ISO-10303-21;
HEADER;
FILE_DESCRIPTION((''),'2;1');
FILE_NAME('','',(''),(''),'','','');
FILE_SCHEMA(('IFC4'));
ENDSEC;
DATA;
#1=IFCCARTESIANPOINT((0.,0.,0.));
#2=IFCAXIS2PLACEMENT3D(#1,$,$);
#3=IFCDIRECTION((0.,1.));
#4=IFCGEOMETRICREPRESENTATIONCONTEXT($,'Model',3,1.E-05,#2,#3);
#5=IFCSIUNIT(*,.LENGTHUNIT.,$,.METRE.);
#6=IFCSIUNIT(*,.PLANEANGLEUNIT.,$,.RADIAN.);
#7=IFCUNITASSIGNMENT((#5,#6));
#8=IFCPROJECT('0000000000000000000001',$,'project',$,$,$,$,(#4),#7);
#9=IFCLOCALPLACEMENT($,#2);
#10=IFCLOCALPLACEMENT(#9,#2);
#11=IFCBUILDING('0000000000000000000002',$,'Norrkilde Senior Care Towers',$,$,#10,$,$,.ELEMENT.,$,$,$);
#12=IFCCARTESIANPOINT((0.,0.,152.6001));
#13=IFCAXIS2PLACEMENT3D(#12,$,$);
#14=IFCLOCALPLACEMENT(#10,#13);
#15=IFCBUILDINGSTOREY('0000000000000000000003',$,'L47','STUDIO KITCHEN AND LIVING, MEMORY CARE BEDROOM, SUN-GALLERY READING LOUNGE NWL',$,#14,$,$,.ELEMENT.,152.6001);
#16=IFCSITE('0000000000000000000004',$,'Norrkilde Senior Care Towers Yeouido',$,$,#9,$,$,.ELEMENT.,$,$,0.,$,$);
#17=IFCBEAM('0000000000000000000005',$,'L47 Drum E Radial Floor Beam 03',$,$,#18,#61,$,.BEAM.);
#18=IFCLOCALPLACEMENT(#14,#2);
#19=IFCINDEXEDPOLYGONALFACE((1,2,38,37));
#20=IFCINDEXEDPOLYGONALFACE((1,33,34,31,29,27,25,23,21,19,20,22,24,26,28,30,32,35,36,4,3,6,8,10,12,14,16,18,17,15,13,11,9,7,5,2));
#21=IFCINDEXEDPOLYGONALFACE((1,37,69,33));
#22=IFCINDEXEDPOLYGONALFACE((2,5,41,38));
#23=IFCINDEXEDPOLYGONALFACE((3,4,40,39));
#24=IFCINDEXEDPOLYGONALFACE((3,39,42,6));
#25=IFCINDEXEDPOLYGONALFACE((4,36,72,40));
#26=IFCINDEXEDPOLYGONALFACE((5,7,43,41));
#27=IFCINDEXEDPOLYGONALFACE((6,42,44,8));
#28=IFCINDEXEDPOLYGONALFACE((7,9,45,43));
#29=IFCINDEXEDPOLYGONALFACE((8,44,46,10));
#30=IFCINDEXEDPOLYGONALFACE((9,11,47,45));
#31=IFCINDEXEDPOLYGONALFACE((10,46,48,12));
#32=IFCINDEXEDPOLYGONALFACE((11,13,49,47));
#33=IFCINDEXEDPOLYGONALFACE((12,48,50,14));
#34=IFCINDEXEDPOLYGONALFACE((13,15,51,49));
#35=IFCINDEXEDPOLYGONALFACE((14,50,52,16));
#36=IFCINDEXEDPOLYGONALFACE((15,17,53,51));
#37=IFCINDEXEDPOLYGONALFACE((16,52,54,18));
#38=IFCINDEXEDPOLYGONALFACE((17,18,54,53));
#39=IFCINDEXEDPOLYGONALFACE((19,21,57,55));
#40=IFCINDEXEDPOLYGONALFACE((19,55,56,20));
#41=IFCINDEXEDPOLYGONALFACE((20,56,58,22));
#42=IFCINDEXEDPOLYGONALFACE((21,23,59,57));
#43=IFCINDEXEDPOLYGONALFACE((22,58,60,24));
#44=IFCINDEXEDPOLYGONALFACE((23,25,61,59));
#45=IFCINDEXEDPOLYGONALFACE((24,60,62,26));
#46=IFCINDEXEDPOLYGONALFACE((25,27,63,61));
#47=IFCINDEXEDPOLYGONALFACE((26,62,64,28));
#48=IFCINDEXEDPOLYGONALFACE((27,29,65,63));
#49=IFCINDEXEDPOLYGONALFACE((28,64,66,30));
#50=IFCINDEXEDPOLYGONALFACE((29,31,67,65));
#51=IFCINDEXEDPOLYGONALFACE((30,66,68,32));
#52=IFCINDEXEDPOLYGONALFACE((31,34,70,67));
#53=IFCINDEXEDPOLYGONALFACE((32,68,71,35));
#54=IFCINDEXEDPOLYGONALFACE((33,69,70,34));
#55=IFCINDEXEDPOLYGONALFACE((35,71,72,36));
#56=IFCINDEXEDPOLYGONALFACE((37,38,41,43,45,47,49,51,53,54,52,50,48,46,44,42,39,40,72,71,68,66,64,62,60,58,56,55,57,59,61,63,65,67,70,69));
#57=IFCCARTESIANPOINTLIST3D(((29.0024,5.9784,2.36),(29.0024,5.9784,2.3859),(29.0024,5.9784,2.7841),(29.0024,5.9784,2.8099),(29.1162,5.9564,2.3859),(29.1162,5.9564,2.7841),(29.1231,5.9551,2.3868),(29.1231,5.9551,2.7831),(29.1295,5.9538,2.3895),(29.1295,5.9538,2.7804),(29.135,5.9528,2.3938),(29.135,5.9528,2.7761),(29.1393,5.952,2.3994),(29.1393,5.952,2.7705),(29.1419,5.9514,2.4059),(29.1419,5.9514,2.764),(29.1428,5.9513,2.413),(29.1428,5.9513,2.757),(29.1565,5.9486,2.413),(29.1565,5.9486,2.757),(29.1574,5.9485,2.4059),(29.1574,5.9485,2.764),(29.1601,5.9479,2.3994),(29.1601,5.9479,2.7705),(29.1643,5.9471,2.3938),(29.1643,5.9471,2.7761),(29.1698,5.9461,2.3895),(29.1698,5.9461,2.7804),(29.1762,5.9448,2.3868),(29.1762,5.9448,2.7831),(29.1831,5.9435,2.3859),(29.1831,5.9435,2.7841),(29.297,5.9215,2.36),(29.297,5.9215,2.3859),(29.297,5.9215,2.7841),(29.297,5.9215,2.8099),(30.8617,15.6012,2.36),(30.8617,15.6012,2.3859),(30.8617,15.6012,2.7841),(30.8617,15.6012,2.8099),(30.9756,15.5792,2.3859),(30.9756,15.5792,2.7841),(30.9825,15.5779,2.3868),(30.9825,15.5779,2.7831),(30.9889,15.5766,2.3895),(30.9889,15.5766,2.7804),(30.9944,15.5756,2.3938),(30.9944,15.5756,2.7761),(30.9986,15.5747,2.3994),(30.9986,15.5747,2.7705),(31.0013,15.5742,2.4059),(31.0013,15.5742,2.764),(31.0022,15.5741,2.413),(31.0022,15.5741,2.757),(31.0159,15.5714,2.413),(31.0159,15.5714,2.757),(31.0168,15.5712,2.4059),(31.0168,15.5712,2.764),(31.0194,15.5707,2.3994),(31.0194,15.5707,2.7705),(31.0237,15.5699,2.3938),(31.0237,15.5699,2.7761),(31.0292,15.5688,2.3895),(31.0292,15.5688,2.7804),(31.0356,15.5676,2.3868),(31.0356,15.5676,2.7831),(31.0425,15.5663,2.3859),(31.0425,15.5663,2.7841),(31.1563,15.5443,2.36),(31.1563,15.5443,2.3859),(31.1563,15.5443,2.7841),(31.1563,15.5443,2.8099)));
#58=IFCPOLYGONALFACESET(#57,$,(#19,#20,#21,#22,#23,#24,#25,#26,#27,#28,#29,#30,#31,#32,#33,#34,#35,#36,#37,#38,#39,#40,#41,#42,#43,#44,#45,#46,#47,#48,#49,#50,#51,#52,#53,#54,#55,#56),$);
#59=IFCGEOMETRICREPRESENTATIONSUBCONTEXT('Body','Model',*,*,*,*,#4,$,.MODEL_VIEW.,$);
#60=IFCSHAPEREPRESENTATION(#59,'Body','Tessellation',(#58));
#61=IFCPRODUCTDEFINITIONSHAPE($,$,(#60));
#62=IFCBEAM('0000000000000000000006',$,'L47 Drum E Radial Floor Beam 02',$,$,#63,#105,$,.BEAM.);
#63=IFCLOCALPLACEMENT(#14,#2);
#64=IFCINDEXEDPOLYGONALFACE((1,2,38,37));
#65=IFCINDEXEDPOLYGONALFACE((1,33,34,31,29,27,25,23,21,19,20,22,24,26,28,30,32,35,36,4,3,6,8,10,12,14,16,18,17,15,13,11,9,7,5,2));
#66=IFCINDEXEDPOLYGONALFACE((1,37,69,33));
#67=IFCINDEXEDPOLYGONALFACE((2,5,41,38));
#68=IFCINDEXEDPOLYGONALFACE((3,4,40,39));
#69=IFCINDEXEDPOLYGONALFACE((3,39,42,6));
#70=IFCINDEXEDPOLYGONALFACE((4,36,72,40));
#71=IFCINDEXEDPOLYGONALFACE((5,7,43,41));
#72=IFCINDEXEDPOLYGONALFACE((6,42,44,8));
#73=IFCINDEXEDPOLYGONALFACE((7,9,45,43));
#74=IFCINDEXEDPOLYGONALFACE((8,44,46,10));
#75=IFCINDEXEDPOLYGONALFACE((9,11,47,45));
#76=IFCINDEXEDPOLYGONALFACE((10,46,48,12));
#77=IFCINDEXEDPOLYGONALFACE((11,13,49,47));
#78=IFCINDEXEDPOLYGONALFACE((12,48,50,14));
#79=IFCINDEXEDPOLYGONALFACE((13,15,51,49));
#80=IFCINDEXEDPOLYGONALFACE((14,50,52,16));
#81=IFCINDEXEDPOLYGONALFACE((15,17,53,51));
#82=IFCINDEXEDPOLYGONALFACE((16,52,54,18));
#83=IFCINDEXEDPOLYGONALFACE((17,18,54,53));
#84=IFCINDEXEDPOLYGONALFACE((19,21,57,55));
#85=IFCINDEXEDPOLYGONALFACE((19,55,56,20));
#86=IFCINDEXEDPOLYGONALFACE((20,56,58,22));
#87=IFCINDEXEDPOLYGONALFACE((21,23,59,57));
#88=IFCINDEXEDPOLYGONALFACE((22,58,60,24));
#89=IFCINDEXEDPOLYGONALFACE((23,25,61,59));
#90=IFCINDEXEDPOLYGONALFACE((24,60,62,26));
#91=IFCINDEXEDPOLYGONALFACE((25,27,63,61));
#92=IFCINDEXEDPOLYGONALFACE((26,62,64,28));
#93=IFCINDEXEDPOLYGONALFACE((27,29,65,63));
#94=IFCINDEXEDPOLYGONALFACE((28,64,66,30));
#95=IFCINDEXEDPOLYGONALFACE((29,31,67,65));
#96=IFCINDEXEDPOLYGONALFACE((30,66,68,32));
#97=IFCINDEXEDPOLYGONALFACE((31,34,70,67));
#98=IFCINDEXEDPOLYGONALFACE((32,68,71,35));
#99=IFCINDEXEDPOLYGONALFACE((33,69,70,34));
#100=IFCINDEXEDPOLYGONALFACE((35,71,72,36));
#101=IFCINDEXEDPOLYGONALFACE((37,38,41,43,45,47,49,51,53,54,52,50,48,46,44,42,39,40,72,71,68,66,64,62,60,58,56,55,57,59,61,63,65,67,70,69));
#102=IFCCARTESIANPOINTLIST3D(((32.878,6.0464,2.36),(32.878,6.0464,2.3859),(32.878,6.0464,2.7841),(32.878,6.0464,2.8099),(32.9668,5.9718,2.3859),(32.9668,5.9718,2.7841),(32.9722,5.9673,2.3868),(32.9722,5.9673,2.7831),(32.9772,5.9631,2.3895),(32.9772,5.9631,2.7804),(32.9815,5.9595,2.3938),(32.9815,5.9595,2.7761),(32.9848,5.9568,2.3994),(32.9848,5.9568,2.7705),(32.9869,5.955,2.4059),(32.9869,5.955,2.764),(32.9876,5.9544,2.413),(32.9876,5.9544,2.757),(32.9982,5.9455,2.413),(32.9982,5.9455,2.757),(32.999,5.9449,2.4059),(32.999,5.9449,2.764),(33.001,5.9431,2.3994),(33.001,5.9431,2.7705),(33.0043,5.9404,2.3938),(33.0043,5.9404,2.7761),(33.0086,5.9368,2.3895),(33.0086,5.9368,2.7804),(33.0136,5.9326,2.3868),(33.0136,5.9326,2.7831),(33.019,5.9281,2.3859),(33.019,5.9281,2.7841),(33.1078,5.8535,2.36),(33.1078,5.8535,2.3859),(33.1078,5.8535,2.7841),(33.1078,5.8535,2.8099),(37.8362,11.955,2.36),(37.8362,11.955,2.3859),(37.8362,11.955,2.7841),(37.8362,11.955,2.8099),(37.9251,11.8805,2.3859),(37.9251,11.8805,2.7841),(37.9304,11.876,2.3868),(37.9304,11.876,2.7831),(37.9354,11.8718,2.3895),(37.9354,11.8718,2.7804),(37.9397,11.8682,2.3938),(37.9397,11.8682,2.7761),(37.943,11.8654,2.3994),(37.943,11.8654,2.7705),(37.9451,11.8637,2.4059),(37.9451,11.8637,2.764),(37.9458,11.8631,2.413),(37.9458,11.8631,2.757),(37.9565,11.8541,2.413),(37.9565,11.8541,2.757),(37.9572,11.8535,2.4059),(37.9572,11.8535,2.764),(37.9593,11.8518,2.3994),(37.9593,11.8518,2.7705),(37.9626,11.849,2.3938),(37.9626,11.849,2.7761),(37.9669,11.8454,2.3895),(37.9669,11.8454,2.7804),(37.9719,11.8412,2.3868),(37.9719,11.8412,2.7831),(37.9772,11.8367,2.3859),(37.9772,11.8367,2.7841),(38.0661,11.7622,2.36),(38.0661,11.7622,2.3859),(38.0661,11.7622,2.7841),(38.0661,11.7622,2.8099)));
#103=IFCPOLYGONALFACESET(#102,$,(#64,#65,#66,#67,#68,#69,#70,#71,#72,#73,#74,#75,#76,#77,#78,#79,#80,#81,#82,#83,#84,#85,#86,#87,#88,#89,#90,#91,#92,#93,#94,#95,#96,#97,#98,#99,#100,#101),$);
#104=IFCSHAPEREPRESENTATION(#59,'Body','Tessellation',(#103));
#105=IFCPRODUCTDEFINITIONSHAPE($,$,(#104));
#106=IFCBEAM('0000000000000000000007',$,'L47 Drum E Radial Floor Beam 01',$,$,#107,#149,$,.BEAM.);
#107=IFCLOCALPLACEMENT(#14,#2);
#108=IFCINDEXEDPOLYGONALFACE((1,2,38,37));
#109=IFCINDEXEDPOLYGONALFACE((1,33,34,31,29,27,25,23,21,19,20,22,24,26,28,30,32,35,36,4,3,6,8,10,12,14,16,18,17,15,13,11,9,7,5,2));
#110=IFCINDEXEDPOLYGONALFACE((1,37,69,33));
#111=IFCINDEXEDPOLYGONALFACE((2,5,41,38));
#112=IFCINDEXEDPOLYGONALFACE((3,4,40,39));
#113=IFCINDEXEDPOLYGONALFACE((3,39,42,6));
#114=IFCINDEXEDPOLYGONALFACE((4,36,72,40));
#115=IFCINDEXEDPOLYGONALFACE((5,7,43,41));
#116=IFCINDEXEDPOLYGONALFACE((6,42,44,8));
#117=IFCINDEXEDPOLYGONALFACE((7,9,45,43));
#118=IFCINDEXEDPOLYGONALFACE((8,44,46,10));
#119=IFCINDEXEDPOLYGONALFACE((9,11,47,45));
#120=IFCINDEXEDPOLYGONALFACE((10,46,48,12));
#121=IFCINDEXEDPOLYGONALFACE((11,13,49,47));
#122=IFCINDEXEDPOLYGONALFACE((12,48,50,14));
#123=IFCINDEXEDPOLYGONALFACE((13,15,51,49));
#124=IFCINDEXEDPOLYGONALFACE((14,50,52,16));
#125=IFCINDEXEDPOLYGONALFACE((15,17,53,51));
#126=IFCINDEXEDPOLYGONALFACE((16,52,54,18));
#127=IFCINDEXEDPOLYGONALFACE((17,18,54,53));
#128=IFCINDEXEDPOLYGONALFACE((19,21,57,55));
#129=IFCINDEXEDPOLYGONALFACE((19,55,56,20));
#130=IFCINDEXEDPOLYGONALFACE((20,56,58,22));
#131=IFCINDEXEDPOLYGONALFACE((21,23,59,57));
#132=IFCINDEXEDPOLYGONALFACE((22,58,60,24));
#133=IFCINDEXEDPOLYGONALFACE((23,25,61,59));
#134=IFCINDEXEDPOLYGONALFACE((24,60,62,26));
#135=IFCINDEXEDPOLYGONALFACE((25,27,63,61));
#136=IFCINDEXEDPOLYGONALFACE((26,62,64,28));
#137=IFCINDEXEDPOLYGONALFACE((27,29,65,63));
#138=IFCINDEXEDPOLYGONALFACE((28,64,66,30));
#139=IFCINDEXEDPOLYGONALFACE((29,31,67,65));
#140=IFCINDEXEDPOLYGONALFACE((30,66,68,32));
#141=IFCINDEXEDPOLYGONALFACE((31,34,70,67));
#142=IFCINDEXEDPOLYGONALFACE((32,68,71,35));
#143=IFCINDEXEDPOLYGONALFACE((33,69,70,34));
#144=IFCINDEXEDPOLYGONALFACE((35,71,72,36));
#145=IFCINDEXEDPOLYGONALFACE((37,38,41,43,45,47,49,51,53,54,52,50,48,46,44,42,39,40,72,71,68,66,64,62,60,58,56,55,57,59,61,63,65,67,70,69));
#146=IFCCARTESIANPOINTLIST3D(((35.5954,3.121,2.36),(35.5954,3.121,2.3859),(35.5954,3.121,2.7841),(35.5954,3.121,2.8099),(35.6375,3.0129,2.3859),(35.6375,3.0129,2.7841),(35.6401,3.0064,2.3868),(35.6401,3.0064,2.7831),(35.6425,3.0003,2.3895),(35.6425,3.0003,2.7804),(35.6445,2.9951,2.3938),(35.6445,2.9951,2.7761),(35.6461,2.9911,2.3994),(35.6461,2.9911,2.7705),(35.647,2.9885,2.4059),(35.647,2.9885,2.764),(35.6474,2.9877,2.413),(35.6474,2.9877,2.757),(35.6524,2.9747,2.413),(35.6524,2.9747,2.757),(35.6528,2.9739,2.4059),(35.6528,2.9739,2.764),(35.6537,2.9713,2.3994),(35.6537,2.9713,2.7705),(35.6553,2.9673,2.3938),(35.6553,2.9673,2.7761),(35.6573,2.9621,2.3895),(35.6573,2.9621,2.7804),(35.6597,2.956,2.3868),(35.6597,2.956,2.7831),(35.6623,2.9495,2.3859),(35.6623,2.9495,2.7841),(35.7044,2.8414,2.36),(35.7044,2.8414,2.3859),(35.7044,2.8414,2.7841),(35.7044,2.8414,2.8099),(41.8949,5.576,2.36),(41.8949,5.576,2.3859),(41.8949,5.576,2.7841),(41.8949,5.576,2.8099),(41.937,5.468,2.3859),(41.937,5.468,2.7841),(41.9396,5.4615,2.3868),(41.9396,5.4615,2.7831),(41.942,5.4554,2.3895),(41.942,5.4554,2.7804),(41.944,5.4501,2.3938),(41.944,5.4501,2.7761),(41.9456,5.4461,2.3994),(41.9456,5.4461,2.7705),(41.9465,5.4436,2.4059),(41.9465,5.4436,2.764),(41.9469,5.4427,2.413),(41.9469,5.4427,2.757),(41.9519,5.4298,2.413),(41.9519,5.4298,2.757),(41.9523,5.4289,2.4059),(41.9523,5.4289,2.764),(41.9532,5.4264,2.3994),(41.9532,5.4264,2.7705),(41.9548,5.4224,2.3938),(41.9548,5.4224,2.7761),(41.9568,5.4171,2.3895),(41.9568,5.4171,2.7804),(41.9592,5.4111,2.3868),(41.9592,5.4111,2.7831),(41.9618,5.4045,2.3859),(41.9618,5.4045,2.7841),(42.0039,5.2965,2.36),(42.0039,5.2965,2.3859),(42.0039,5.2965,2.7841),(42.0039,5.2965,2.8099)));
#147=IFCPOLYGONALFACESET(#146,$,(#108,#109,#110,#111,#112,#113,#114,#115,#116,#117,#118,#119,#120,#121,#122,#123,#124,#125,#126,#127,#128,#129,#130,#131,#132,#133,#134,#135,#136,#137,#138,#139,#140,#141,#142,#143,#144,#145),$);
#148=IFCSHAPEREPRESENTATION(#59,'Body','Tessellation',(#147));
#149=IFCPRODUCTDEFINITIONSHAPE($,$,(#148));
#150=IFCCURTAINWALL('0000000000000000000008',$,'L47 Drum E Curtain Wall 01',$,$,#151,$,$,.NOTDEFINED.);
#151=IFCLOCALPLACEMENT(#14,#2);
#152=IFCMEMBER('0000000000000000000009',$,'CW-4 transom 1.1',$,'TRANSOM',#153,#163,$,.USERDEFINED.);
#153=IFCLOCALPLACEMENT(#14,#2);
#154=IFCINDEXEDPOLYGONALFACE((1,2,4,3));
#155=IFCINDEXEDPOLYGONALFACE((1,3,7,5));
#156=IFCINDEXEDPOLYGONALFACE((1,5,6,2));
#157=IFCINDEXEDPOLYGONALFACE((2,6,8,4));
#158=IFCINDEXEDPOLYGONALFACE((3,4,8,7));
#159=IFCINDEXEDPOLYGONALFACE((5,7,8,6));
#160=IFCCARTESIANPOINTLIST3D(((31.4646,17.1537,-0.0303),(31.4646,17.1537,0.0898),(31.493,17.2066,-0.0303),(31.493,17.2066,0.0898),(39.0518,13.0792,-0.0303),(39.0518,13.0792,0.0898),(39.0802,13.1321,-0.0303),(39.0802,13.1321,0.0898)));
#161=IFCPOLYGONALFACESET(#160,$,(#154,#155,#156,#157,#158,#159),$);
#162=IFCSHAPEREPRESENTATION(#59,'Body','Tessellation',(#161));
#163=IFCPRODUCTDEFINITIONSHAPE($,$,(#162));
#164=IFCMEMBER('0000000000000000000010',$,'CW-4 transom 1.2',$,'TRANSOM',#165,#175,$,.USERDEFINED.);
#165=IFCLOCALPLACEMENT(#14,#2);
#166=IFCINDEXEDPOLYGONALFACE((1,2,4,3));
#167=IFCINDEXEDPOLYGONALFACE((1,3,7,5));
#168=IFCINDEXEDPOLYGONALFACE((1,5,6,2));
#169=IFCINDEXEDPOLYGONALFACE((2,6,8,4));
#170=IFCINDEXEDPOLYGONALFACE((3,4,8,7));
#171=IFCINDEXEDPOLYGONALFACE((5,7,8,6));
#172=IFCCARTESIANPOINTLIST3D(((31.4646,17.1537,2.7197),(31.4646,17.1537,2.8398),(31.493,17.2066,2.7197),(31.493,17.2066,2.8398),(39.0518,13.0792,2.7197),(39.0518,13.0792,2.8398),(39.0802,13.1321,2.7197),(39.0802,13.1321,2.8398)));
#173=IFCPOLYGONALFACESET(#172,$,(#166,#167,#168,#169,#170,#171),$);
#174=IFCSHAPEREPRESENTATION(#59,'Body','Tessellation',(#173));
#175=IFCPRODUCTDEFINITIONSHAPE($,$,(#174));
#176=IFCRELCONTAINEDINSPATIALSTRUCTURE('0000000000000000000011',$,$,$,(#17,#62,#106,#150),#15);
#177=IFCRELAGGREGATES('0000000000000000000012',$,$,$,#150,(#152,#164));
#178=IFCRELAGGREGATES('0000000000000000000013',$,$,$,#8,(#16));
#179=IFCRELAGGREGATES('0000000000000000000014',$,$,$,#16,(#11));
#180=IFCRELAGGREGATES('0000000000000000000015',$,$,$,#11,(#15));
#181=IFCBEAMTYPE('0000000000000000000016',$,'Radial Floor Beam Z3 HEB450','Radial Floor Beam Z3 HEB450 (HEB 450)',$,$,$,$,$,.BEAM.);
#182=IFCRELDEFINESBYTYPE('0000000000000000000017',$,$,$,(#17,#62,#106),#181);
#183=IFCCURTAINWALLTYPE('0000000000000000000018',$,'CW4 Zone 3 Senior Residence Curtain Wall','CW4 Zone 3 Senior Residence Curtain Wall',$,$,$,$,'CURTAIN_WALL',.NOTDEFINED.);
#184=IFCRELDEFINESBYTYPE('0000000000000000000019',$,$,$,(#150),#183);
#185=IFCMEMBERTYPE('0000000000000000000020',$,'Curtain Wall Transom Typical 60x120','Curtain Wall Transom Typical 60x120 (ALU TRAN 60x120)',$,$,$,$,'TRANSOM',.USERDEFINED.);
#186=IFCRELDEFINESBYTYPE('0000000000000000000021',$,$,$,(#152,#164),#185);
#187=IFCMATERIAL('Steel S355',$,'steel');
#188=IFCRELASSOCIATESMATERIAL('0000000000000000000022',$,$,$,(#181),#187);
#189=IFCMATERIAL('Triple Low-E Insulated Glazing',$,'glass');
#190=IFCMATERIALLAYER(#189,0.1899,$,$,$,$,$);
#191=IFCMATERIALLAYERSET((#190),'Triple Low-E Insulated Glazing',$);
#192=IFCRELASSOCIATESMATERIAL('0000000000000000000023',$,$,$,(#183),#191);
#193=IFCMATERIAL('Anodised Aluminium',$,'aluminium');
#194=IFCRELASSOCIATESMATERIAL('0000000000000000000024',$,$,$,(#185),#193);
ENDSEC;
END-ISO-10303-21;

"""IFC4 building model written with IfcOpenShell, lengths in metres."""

from ifc_helpers import new_model, si_unit, direction, frame, origin, origin_2d, place, context, subcontext, project, spatial, rectangle, i_section, extrude, source, transform, mapped, material, layer, layer_set, material_profile, profile_set, type_object, type_shapes, element, aggregate, save


model = new_model("IFC4")

# Units and contexts
model_context = context("Model", 3, precision=1e-05, world=origin(), true_north=direction((0.0, 1.0)))
body_context = subcontext(model_context, "Body", "Model", "MODEL_VIEW")
ifc_project = project(units=[si_unit("LENGTHUNIT", "METRE"), si_unit("PLANEANGLEUNIT", "RADIAN")], contexts=[model_context])

# Site, building, storey
site_placement = place(None, origin())
site = spatial("IfcSite", under=ifc_project, at=site_placement, Name="Norrkilde Senior Care Towers Yeouido", CompositionType="ELEMENT", RefElevation=0.0)
building_placement = place(site_placement, origin())
building = spatial("IfcBuilding", under=site, at=building_placement, Name="Norrkilde Senior Care Towers", CompositionType="ELEMENT")
storey_placement = place(building_placement, frame((0.0, 0.0, 152.6001)))
storey = spatial("IfcBuildingStorey", under=building, at=storey_placement, Name="L47", Description="STUDIO KITCHEN AND LIVING, MEMORY CARE BEDROOM, SUN-GALLERY READING LOUNGE NWL", CompositionType="ELEMENT", Elevation=152.6001)

# Beams
ifc_material_1 = material(Name="Steel S355", Category="steel")
ifc_material_profile_1 = material_profile(ifc_material_1, i_section(OverallWidth=0.3, OverallDepth=0.45, WebThickness=0.0139, FlangeThickness=0.0259, FilletRadius=0.0271, at=origin_2d()), Name="HEB 450")
ifc_profile_set_1 = profile_set([ifc_material_profile_1], Name="Steel S355")
beam_type_1 = type_object("IfcBeamType", Name="Radial Floor Beam Z3 HEB450", Description="Radial Floor Beam Z3 HEB450 (HEB 450)", PredefinedType="BEAM", material=ifc_profile_set_1)
shared_shape_1 = source(origin(), body_context, "Body", "SweptSolid", [
    extrude(i_section(OverallWidth=0.3, OverallDepth=0.45, WebThickness=0.0139, FlangeThickness=0.0259, FilletRadius=0.0271, at=origin_2d()), origin(), (0.0, 0.0, 1.0), 9.8008),
])
beam_1_placement = place(storey_placement, frame((29.1497, 5.95, 2.585), z_axis=(0.189717, 0.981839, 0.0), x_axis=(-0.981839, 0.189717, 0.0)))
element("IfcBeam", 1, at=beam_1_placement, inside=storey, type_object=beam_type_1, Name="L47 Drum E Radial Floor Beam 03", PredefinedType="BEAM", context=body_context, shape_type="MappedRepresentation", body=[
    mapped(shared_shape_1, transform((0.0, 0.0, 0.0), x_axis=(1.0, 0.0, 0.0), y_axis=(0.0, 1.0, 0.0), z_axis=(0.0, 0.0, 1.0), scale=1.0)),
])
shared_shape_2 = source(origin(), body_context, "Body", "SweptSolid", [
    extrude(i_section(OverallWidth=0.3, OverallDepth=0.45, WebThickness=0.0139, FlangeThickness=0.0259, FilletRadius=0.0271, at=origin_2d()), origin(), (0.0, 0.0, 1.0), 7.7134),
])
beam_2_placement = place(storey_placement, frame((32.9929, 5.95, 2.585), z_axis=(0.642808, 0.766027, 0.0), x_axis=(-0.766027, 0.642808, 0.0)))
element("IfcBeam", 2, at=beam_2_placement, inside=storey, type_object=beam_type_1, Name="L47 Drum E Radial Floor Beam 02", PredefinedType="BEAM", context=body_context, shape_type="MappedRepresentation", body=[
    mapped(shared_shape_2, transform((0.0, 0.0, 0.0), x_axis=(1.0, 0.0, 0.0), y_axis=(0.0, 1.0, 0.0), z_axis=(0.0, 0.0, 1.0), scale=1.0)),
])
shared_shape_3 = source(origin(), body_context, "Body", "SweptSolid", [
    extrude(i_section(OverallWidth=0.3, OverallDepth=0.45, WebThickness=0.0139, FlangeThickness=0.0259, FilletRadius=0.0271, at=origin_2d()), origin(), (0.0, 0.0, 1.0), 6.761),
])
beam_3_placement = place(storey_placement, frame((35.6499, 2.9812, 2.585), z_axis=(0.931742, 0.363121, 0.0), x_axis=(-0.363121, 0.931742, 0.0)))
element("IfcBeam", 3, at=beam_3_placement, inside=storey, type_object=beam_type_1, Name="L47 Drum E Radial Floor Beam 01", PredefinedType="BEAM", context=body_context, shape_type="MappedRepresentation", body=[
    mapped(shared_shape_3, transform((0.0, 0.0, 0.0), x_axis=(1.0, 0.0, 0.0), y_axis=(0.0, 1.0, 0.0), z_axis=(0.0, 0.0, 1.0), scale=1.0)),
])

# Curtain wall, members
ifc_material_2 = material(Name="Triple Low-E Insulated Glazing", Category="glass")
ifc_layer_1 = layer(ifc_material_2, 0.1899)
ifc_layer_set_1 = layer_set([ifc_layer_1], Name="Triple Low-E Insulated Glazing")
curtain_wall_type = type_object("IfcCurtainWallType", Name="CW4 Zone 3 Senior Residence Curtain Wall", Description="CW4 Zone 3 Senior Residence Curtain Wall", ElementType="CURTAIN_WALL", PredefinedType="NOTDEFINED", material=ifc_layer_set_1)
curtain_wall_1_placement = place(storey_placement, origin())
curtain_wall_1 = element("IfcCurtainWall", 4, at=curtain_wall_1_placement, inside=storey, type_object=curtain_wall_type, Name="L47 Drum E Curtain Wall 01", PredefinedType="NOTDEFINED")
ifc_material_3 = material(Name="Anodised Aluminium", Category="aluminium")
ifc_material_profile_2 = material_profile(ifc_material_3, rectangle(XDim=0.0601, YDim=0.1201, at=origin_2d()), Name="ALU TRAN 60x120")
ifc_profile_set_2 = profile_set([ifc_material_profile_2], Name="Anodised Aluminium")
member_type_1 = type_object("IfcMemberType", Name="Curtain Wall Transom Typical 60x120", Description="Curtain Wall Transom Typical 60x120 (ALU TRAN 60x120)", ElementType="TRANSOM", PredefinedType="USERDEFINED", material=ifc_profile_set_2)
shared_shape_4 = source(origin(), body_context, "Body", "SweptSolid", [
    extrude(rectangle(XDim=0.0601, YDim=0.1201, at=origin_2d()), origin(), (0.0, 0.0, 1.0), 8.6121),
])
type_shapes(member_type_1, [shared_shape_4])
member_1_placement = place(storey_placement, frame((31.4788, 17.1802, 0.0298), z_axis=(0.881, -0.473116, 0.0), x_axis=(0.473116, 0.881, 0.0)))
member_1 = element("IfcMember", 5, at=member_1_placement, type_object=member_type_1, Name="CW-4 transom 1.1", ObjectType="TRANSOM", PredefinedType="USERDEFINED", context=body_context, shape_type="MappedRepresentation", body=[
    mapped(shared_shape_4, transform((0.0, 0.0, 0.0), x_axis=(1.0, 0.0, 0.0), y_axis=(0.0, 1.0, 0.0), z_axis=(0.0, 0.0, 1.0), scale=1.0)),
])
member_2_placement = place(storey_placement, frame((31.4788, 17.1802, 2.7798), z_axis=(0.881, -0.473116, 0.0), x_axis=(0.473116, 0.881, 0.0)))
member_2 = element("IfcMember", 6, at=member_2_placement, type_object=member_type_1, Name="CW-4 transom 1.2", ObjectType="TRANSOM", PredefinedType="USERDEFINED", context=body_context, shape_type="MappedRepresentation", body=[
    mapped(shared_shape_4, transform((0.0, 0.0, 0.0), x_axis=(1.0, 0.0, 0.0), y_axis=(0.0, 1.0, 0.0), z_axis=(0.0, 0.0, 1.0), scale=1.0)),
])

aggregate(curtain_wall_1, [member_1, member_2])

save(model, "model.ifc")
